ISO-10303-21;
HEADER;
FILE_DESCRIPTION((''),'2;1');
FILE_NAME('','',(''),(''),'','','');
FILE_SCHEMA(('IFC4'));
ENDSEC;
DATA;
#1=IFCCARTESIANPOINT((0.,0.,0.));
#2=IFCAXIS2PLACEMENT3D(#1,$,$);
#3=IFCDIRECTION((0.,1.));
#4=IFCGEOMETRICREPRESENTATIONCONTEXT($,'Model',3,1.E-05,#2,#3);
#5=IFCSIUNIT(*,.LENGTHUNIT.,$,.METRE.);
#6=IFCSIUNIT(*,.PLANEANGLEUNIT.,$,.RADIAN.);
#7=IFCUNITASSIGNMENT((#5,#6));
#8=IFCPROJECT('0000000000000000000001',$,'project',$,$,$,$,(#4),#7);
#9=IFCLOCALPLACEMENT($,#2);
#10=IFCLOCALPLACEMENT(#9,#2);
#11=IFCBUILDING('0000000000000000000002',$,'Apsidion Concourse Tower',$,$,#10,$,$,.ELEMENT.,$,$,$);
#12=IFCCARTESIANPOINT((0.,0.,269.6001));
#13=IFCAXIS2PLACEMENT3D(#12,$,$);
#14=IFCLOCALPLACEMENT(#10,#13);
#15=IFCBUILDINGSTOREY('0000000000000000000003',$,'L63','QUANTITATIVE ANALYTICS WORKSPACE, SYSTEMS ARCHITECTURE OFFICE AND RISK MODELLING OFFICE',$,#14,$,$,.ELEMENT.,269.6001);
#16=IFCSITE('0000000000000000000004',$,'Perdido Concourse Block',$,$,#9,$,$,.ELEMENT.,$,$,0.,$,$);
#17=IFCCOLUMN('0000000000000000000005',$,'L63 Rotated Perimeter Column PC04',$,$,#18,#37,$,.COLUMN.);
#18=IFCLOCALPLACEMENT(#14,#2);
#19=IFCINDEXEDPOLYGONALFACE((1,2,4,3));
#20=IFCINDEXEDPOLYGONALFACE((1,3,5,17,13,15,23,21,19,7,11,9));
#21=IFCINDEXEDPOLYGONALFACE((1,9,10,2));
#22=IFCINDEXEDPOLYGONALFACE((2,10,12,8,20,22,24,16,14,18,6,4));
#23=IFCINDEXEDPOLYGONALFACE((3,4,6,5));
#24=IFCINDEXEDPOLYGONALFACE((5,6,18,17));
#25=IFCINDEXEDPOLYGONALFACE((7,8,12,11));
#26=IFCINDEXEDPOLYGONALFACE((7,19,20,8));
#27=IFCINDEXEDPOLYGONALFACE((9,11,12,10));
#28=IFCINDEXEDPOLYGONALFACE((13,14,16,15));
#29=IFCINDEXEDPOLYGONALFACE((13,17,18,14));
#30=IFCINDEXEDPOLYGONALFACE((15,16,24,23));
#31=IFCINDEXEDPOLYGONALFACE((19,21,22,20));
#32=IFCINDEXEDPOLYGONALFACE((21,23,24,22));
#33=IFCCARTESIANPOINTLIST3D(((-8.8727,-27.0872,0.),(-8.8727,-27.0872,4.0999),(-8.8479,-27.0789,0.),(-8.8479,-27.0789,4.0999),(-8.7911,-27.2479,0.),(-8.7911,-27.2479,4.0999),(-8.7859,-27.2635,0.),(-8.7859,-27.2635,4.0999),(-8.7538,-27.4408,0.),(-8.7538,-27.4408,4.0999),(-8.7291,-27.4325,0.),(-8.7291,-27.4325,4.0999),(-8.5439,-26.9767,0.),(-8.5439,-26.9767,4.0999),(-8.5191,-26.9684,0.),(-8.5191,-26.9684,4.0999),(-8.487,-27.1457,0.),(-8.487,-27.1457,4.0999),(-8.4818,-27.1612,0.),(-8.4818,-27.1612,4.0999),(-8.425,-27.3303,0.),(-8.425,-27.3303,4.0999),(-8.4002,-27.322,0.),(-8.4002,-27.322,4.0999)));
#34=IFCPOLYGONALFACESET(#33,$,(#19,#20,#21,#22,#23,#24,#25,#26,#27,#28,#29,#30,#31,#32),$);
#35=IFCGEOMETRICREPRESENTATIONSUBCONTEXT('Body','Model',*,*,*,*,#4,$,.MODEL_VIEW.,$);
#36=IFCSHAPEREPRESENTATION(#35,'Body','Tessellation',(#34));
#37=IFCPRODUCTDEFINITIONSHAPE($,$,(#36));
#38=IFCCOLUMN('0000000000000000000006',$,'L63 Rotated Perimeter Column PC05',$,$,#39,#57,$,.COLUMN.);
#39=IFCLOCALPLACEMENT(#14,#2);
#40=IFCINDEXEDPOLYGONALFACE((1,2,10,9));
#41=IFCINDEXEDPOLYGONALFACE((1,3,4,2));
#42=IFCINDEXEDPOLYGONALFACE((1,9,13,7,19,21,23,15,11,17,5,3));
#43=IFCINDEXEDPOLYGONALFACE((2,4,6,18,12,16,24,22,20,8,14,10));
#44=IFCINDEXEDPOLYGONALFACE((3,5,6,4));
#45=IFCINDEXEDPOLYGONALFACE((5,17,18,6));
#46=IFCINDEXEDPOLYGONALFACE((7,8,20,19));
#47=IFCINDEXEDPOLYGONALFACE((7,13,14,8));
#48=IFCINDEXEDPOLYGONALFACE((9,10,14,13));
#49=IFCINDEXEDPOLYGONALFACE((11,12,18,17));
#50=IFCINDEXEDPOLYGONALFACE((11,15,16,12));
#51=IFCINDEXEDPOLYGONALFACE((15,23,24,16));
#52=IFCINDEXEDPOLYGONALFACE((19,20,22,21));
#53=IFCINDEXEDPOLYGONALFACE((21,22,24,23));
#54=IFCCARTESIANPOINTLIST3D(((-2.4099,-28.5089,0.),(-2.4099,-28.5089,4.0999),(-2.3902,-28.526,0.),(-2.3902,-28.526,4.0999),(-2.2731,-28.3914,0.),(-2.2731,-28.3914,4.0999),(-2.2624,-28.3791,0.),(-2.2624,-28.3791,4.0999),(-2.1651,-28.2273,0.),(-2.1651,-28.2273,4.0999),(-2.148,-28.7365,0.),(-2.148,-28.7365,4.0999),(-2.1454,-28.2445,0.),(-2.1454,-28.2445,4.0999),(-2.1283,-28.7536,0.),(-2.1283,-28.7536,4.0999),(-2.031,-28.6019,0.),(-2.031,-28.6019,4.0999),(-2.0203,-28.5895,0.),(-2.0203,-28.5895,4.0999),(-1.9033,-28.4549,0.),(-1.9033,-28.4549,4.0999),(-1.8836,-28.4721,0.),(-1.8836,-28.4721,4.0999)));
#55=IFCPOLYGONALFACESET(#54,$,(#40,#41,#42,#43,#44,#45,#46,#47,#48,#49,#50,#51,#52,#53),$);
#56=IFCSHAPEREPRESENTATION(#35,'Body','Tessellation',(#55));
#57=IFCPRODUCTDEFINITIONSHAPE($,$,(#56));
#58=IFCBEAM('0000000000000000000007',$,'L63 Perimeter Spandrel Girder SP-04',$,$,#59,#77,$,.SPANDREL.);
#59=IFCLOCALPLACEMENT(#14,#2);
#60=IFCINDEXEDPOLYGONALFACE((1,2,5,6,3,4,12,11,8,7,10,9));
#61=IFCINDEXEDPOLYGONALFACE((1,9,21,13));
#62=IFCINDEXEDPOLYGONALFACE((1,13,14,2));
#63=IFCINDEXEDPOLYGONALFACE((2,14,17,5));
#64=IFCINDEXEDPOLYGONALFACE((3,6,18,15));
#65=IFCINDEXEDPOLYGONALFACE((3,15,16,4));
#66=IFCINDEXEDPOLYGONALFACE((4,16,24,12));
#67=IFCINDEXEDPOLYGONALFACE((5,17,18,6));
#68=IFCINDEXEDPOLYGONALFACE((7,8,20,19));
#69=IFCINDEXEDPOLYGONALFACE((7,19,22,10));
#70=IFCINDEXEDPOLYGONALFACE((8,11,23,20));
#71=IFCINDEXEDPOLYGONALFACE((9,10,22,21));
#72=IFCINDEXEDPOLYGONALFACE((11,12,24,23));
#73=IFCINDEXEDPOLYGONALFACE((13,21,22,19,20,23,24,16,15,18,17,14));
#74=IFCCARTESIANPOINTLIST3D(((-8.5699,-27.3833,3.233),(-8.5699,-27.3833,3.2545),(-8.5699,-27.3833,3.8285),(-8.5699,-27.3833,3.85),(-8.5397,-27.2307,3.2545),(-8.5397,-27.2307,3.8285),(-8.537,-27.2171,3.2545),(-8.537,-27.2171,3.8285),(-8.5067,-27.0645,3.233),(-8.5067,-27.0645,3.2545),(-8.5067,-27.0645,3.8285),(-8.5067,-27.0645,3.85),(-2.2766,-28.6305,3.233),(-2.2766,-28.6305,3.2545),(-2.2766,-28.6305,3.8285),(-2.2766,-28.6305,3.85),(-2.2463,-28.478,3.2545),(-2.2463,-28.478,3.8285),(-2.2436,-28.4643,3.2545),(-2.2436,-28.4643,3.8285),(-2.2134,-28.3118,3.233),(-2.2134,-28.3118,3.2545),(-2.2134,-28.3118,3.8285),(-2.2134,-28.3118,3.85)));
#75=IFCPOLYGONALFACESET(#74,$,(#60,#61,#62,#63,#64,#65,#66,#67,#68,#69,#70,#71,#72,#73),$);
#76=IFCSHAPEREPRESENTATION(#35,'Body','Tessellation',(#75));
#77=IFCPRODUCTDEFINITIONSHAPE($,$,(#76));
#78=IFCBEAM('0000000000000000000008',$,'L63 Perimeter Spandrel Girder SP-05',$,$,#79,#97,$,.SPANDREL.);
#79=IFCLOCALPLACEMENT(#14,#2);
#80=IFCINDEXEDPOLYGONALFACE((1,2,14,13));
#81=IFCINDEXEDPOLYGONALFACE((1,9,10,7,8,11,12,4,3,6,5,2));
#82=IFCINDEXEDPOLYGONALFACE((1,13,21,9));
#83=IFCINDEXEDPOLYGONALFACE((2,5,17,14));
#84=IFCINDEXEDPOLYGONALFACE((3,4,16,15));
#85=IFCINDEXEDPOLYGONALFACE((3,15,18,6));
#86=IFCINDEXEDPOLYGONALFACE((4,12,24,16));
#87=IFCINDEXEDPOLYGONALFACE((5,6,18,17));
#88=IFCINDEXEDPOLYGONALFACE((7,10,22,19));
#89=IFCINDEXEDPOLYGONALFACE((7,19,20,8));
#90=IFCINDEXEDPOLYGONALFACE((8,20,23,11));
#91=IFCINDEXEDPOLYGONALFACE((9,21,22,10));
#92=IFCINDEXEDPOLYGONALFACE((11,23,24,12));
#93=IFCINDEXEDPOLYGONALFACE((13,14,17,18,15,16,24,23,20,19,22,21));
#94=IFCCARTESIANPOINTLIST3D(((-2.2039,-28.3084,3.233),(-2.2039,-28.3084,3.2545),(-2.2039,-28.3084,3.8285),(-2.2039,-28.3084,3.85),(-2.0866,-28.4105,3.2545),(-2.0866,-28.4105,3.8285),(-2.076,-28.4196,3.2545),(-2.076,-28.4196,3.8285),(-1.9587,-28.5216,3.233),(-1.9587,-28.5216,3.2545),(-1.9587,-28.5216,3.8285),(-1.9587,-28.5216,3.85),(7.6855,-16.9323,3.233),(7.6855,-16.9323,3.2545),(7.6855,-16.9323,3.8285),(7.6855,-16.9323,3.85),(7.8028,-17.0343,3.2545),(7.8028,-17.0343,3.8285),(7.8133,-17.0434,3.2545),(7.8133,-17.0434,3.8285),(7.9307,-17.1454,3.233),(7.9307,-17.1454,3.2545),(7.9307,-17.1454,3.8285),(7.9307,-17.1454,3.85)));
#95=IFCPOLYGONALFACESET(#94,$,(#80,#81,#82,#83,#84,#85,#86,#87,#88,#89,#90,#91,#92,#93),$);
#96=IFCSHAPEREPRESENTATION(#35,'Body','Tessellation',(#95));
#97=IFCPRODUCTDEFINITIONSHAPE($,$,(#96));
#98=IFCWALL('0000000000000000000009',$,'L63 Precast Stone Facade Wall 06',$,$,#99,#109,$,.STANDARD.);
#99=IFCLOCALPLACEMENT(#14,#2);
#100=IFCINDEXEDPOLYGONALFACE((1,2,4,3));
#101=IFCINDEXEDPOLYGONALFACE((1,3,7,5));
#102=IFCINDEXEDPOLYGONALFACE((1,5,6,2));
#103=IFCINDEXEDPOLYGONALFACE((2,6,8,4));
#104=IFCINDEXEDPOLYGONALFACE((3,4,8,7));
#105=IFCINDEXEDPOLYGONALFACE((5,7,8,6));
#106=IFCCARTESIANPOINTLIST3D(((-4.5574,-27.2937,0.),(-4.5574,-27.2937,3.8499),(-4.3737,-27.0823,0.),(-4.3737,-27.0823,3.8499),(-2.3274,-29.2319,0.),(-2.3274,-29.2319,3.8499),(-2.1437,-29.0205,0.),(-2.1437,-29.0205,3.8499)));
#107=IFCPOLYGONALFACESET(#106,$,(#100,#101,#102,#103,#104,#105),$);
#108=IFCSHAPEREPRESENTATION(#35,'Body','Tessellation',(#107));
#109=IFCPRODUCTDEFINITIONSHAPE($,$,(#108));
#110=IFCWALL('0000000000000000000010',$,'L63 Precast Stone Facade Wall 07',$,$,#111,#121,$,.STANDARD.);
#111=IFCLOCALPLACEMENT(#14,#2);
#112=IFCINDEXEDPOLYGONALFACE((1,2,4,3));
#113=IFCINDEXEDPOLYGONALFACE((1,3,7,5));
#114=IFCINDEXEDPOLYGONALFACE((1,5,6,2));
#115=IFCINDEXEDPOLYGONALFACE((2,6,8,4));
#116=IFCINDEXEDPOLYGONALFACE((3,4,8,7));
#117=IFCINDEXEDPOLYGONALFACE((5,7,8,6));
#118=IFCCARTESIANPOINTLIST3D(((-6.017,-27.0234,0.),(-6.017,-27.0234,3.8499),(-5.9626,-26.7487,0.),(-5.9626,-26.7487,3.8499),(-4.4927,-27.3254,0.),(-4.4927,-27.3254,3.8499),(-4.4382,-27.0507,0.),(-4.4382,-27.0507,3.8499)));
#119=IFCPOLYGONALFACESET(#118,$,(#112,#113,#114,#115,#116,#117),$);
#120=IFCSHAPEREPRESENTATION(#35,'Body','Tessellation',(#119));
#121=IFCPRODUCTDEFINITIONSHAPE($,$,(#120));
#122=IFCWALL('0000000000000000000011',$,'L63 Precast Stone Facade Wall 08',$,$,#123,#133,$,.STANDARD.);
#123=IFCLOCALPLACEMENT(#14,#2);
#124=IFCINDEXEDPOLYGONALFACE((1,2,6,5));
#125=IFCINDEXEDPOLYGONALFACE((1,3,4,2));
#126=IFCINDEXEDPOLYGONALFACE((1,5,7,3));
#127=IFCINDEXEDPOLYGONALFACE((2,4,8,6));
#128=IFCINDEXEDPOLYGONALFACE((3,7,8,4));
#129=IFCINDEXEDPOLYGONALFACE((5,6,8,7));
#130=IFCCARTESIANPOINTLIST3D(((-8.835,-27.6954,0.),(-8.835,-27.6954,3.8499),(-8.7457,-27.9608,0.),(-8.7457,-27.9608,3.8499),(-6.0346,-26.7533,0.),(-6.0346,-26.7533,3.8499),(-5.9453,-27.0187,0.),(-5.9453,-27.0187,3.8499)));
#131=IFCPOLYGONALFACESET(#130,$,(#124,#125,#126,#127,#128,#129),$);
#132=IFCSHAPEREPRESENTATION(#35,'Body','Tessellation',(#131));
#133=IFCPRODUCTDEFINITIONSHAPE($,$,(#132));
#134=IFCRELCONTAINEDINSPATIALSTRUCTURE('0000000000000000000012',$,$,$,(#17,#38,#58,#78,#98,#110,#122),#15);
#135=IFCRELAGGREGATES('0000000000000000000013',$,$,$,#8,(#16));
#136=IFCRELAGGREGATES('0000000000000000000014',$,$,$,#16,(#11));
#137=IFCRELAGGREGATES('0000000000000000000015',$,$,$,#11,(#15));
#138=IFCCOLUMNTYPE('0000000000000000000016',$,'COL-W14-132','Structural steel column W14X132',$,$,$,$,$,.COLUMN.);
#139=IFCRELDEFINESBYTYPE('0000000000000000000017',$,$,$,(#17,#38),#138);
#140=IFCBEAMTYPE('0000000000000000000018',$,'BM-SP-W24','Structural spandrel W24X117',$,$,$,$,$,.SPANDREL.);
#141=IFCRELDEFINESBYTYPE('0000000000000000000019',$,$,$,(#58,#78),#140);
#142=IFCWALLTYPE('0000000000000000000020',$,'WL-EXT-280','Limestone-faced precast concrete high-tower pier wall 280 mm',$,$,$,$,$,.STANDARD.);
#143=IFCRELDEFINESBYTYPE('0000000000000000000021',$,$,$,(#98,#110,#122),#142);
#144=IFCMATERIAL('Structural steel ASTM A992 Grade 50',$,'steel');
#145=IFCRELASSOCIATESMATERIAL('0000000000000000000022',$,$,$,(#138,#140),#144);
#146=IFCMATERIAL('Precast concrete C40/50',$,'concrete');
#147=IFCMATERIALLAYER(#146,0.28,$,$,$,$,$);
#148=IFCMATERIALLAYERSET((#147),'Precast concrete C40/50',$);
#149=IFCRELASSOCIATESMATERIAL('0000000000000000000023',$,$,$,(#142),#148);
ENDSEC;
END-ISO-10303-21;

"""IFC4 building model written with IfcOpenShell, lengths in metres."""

from ifc_helpers import new_model, si_unit, direction, frame, frame_2d, origin, origin_2d, place, context, subcontext, project, spatial, rectangle, i_section, extrude, material, layer, layer_set, material_profile, profile_set, type_object, element, save


model = new_model("IFC4")

# Units and contexts
model_context = context("Model", 3, precision=1e-05, world=origin(), true_north=direction((0.0, 1.0)))
body_context = subcontext(model_context, "Body", "Model", "MODEL_VIEW")
ifc_project = project(units=[si_unit("LENGTHUNIT", "METRE"), si_unit("PLANEANGLEUNIT", "RADIAN")], contexts=[model_context])

# Site, building, storey
site_placement = place(None, origin())
site = spatial("IfcSite", under=ifc_project, at=site_placement, Name="Perdido Concourse Block", CompositionType="ELEMENT", RefElevation=0.0)
building_placement = place(site_placement, origin())
building = spatial("IfcBuilding", under=site, at=building_placement, Name="Apsidion Concourse Tower", CompositionType="ELEMENT")
storey_placement = place(building_placement, frame((0.0, 0.0, 269.6001)))
storey = spatial("IfcBuildingStorey", under=building, at=storey_placement, Name="L63", Description="QUANTITATIVE ANALYTICS WORKSPACE, SYSTEMS ARCHITECTURE OFFICE AND RISK MODELLING OFFICE", CompositionType="ELEMENT", Elevation=269.6001)

# Columns
ifc_material_1 = material(Name="Structural steel ASTM A992 Grade 50", Category="steel")
ifc_material_profile_1 = material_profile(ifc_material_1, i_section(OverallWidth=0.373, OverallDepth=0.373, WebThickness=0.0164, FlangeThickness=0.0261, at=origin_2d()), Name="W14X132")
ifc_profile_set_1 = profile_set([ifc_material_profile_1], Name="Structural steel ASTM A992 Grade 50")
column_type = type_object("IfcColumnType", Name="COL-W14-132", Description="Structural steel column W14X132", PredefinedType="COLUMN", material=ifc_profile_set_1)
for number, where, z_axis, x_axis, name in (
    (1, (-8.6365, -27.2046, 0.0), (0.0, 0.0, 1.0), (-0.318628, 0.94788, 0.0), "L63 Rotated Perimeter Column PC04"),
    (2, (-2.1467, -28.4905, 0.0), (0.0, 0.0, 1.0), (0.656059, 0.75471, 0.0), "L63 Rotated Perimeter Column PC05"),
):
    element("IfcColumn", number, at=place(storey_placement, frame(where, z_axis=z_axis, x_axis=x_axis)), inside=storey, type_object=column_type, Name=name, PredefinedType="COLUMN", context=body_context, shape_type="SweptSolid", body=[
        extrude(i_section(OverallWidth=0.373, OverallDepth=0.373, WebThickness=0.0164, FlangeThickness=0.0261, at=origin_2d()), origin(), (0.0, 0.0, 1.0), 4.0999),
    ])

# Beams
ifc_material_profile_2 = material_profile(ifc_material_1, i_section(OverallWidth=0.325, OverallDepth=0.6169, WebThickness=0.0139, FlangeThickness=0.0215, at=origin_2d()), Name="W24X117")
ifc_profile_set_2 = profile_set([ifc_material_profile_2], Name="Structural steel ASTM A992 Grade 50")
beam_type = type_object("IfcBeamType", Name="BM-SP-W24", Description="Structural spandrel W24X117", PredefinedType="SPANDREL", material=ifc_profile_set_2)
beam_1_placement = place(storey_placement, frame((-8.5383, -27.2239, 3.5415), z_axis=(0.98092, -0.194411, 0.0), x_axis=(0.194411, 0.98092, 0.0)))
element("IfcBeam", 3, at=beam_1_placement, inside=storey, type_object=beam_type, Name="L63 Perimeter Spandrel Girder SP-04", PredefinedType="SPANDREL", context=body_context, shape_type="SweptSolid", body=[
    extrude(i_section(OverallWidth=0.325, OverallDepth=0.6169, WebThickness=0.0139, FlangeThickness=0.0215, at=origin_2d()), origin(), (0.0, 0.0, 1.0), 6.4158),
])
beam_2_placement = place(storey_placement, frame((-2.0813, -28.415, 3.5415), z_axis=(0.656067, 0.754703, 0.0), x_axis=(-0.754703, 0.656067, 0.0)))
element("IfcBeam", 4, at=beam_2_placement, inside=storey, type_object=beam_type, Name="L63 Perimeter Spandrel Girder SP-05", PredefinedType="SPANDREL", context=body_context, shape_type="SweptSolid", body=[
    extrude(i_section(OverallWidth=0.325, OverallDepth=0.6169, WebThickness=0.0139, FlangeThickness=0.0215, at=origin_2d()), origin(), (0.0, 0.0, 1.0), 15.0737),
])

# Walls
ifc_material_2 = material(Name="Precast concrete C40/50", Category="concrete")
ifc_layer_1 = layer(ifc_material_2, 0.28)
ifc_layer_set_1 = layer_set([ifc_layer_1], Name="Precast concrete C40/50")
wall_type_1 = type_object("IfcWallType", Name="WL-EXT-280", Description="Limestone-faced precast concrete high-tower pier wall 280 mm", PredefinedType="STANDARD", material=ifc_layer_set_1)
wall_1_placement = place(storey_placement, frame((-2.2356, -29.1262, 0.0), z_axis=(0.0, 0.0, 1.0), x_axis=(-0.754753, 0.656009, 0.0)))
element("IfcWall", 5, at=wall_1_placement, inside=storey, type_object=wall_type_1, Name="L63 Precast Stone Facade Wall 06", PredefinedType="STANDARD", context=body_context, shape_type="SweptSolid", body=[
    extrude(rectangle(XDim=2.9546, YDim=0.28, at=frame_2d((1.4773, 0.0))), origin(), (0.0, 0.0, 1.0), 3.8499),
])
wall_2_placement = place(storey_placement, frame((-4.4656, -27.188, 0.0), z_axis=(0.0, 0.0, 1.0), x_axis=(-0.980936, 0.194333, 0.0)))
element("IfcWall", 6, at=wall_2_placement, inside=storey, type_object=wall_type_1, Name="L63 Precast Stone Facade Wall 07", PredefinedType="STANDARD", context=body_context, shape_type="SweptSolid", body=[
    extrude(rectangle(XDim=1.554, YDim=0.28, at=frame_2d((0.7769, 0.0))), origin(), (0.0, 0.0, 1.0), 3.8499),
])
wall_3_placement = place(storey_placement, frame((-5.99, -26.886, 0.0), z_axis=(0.0, 0.0, 1.0), x_axis=(-0.947795, -0.318879, 0.0)))
element("IfcWall", 7, at=wall_3_placement, inside=storey, type_object=wall_type_1, Name="L63 Precast Stone Facade Wall 08", PredefinedType="STANDARD", context=body_context, shape_type="SweptSolid", body=[
    extrude(rectangle(XDim=2.9546, YDim=0.28, at=frame_2d((1.4773, 0.0))), origin(), (0.0, 0.0, 1.0), 3.8499),
])

save(model, "model.ifc")
